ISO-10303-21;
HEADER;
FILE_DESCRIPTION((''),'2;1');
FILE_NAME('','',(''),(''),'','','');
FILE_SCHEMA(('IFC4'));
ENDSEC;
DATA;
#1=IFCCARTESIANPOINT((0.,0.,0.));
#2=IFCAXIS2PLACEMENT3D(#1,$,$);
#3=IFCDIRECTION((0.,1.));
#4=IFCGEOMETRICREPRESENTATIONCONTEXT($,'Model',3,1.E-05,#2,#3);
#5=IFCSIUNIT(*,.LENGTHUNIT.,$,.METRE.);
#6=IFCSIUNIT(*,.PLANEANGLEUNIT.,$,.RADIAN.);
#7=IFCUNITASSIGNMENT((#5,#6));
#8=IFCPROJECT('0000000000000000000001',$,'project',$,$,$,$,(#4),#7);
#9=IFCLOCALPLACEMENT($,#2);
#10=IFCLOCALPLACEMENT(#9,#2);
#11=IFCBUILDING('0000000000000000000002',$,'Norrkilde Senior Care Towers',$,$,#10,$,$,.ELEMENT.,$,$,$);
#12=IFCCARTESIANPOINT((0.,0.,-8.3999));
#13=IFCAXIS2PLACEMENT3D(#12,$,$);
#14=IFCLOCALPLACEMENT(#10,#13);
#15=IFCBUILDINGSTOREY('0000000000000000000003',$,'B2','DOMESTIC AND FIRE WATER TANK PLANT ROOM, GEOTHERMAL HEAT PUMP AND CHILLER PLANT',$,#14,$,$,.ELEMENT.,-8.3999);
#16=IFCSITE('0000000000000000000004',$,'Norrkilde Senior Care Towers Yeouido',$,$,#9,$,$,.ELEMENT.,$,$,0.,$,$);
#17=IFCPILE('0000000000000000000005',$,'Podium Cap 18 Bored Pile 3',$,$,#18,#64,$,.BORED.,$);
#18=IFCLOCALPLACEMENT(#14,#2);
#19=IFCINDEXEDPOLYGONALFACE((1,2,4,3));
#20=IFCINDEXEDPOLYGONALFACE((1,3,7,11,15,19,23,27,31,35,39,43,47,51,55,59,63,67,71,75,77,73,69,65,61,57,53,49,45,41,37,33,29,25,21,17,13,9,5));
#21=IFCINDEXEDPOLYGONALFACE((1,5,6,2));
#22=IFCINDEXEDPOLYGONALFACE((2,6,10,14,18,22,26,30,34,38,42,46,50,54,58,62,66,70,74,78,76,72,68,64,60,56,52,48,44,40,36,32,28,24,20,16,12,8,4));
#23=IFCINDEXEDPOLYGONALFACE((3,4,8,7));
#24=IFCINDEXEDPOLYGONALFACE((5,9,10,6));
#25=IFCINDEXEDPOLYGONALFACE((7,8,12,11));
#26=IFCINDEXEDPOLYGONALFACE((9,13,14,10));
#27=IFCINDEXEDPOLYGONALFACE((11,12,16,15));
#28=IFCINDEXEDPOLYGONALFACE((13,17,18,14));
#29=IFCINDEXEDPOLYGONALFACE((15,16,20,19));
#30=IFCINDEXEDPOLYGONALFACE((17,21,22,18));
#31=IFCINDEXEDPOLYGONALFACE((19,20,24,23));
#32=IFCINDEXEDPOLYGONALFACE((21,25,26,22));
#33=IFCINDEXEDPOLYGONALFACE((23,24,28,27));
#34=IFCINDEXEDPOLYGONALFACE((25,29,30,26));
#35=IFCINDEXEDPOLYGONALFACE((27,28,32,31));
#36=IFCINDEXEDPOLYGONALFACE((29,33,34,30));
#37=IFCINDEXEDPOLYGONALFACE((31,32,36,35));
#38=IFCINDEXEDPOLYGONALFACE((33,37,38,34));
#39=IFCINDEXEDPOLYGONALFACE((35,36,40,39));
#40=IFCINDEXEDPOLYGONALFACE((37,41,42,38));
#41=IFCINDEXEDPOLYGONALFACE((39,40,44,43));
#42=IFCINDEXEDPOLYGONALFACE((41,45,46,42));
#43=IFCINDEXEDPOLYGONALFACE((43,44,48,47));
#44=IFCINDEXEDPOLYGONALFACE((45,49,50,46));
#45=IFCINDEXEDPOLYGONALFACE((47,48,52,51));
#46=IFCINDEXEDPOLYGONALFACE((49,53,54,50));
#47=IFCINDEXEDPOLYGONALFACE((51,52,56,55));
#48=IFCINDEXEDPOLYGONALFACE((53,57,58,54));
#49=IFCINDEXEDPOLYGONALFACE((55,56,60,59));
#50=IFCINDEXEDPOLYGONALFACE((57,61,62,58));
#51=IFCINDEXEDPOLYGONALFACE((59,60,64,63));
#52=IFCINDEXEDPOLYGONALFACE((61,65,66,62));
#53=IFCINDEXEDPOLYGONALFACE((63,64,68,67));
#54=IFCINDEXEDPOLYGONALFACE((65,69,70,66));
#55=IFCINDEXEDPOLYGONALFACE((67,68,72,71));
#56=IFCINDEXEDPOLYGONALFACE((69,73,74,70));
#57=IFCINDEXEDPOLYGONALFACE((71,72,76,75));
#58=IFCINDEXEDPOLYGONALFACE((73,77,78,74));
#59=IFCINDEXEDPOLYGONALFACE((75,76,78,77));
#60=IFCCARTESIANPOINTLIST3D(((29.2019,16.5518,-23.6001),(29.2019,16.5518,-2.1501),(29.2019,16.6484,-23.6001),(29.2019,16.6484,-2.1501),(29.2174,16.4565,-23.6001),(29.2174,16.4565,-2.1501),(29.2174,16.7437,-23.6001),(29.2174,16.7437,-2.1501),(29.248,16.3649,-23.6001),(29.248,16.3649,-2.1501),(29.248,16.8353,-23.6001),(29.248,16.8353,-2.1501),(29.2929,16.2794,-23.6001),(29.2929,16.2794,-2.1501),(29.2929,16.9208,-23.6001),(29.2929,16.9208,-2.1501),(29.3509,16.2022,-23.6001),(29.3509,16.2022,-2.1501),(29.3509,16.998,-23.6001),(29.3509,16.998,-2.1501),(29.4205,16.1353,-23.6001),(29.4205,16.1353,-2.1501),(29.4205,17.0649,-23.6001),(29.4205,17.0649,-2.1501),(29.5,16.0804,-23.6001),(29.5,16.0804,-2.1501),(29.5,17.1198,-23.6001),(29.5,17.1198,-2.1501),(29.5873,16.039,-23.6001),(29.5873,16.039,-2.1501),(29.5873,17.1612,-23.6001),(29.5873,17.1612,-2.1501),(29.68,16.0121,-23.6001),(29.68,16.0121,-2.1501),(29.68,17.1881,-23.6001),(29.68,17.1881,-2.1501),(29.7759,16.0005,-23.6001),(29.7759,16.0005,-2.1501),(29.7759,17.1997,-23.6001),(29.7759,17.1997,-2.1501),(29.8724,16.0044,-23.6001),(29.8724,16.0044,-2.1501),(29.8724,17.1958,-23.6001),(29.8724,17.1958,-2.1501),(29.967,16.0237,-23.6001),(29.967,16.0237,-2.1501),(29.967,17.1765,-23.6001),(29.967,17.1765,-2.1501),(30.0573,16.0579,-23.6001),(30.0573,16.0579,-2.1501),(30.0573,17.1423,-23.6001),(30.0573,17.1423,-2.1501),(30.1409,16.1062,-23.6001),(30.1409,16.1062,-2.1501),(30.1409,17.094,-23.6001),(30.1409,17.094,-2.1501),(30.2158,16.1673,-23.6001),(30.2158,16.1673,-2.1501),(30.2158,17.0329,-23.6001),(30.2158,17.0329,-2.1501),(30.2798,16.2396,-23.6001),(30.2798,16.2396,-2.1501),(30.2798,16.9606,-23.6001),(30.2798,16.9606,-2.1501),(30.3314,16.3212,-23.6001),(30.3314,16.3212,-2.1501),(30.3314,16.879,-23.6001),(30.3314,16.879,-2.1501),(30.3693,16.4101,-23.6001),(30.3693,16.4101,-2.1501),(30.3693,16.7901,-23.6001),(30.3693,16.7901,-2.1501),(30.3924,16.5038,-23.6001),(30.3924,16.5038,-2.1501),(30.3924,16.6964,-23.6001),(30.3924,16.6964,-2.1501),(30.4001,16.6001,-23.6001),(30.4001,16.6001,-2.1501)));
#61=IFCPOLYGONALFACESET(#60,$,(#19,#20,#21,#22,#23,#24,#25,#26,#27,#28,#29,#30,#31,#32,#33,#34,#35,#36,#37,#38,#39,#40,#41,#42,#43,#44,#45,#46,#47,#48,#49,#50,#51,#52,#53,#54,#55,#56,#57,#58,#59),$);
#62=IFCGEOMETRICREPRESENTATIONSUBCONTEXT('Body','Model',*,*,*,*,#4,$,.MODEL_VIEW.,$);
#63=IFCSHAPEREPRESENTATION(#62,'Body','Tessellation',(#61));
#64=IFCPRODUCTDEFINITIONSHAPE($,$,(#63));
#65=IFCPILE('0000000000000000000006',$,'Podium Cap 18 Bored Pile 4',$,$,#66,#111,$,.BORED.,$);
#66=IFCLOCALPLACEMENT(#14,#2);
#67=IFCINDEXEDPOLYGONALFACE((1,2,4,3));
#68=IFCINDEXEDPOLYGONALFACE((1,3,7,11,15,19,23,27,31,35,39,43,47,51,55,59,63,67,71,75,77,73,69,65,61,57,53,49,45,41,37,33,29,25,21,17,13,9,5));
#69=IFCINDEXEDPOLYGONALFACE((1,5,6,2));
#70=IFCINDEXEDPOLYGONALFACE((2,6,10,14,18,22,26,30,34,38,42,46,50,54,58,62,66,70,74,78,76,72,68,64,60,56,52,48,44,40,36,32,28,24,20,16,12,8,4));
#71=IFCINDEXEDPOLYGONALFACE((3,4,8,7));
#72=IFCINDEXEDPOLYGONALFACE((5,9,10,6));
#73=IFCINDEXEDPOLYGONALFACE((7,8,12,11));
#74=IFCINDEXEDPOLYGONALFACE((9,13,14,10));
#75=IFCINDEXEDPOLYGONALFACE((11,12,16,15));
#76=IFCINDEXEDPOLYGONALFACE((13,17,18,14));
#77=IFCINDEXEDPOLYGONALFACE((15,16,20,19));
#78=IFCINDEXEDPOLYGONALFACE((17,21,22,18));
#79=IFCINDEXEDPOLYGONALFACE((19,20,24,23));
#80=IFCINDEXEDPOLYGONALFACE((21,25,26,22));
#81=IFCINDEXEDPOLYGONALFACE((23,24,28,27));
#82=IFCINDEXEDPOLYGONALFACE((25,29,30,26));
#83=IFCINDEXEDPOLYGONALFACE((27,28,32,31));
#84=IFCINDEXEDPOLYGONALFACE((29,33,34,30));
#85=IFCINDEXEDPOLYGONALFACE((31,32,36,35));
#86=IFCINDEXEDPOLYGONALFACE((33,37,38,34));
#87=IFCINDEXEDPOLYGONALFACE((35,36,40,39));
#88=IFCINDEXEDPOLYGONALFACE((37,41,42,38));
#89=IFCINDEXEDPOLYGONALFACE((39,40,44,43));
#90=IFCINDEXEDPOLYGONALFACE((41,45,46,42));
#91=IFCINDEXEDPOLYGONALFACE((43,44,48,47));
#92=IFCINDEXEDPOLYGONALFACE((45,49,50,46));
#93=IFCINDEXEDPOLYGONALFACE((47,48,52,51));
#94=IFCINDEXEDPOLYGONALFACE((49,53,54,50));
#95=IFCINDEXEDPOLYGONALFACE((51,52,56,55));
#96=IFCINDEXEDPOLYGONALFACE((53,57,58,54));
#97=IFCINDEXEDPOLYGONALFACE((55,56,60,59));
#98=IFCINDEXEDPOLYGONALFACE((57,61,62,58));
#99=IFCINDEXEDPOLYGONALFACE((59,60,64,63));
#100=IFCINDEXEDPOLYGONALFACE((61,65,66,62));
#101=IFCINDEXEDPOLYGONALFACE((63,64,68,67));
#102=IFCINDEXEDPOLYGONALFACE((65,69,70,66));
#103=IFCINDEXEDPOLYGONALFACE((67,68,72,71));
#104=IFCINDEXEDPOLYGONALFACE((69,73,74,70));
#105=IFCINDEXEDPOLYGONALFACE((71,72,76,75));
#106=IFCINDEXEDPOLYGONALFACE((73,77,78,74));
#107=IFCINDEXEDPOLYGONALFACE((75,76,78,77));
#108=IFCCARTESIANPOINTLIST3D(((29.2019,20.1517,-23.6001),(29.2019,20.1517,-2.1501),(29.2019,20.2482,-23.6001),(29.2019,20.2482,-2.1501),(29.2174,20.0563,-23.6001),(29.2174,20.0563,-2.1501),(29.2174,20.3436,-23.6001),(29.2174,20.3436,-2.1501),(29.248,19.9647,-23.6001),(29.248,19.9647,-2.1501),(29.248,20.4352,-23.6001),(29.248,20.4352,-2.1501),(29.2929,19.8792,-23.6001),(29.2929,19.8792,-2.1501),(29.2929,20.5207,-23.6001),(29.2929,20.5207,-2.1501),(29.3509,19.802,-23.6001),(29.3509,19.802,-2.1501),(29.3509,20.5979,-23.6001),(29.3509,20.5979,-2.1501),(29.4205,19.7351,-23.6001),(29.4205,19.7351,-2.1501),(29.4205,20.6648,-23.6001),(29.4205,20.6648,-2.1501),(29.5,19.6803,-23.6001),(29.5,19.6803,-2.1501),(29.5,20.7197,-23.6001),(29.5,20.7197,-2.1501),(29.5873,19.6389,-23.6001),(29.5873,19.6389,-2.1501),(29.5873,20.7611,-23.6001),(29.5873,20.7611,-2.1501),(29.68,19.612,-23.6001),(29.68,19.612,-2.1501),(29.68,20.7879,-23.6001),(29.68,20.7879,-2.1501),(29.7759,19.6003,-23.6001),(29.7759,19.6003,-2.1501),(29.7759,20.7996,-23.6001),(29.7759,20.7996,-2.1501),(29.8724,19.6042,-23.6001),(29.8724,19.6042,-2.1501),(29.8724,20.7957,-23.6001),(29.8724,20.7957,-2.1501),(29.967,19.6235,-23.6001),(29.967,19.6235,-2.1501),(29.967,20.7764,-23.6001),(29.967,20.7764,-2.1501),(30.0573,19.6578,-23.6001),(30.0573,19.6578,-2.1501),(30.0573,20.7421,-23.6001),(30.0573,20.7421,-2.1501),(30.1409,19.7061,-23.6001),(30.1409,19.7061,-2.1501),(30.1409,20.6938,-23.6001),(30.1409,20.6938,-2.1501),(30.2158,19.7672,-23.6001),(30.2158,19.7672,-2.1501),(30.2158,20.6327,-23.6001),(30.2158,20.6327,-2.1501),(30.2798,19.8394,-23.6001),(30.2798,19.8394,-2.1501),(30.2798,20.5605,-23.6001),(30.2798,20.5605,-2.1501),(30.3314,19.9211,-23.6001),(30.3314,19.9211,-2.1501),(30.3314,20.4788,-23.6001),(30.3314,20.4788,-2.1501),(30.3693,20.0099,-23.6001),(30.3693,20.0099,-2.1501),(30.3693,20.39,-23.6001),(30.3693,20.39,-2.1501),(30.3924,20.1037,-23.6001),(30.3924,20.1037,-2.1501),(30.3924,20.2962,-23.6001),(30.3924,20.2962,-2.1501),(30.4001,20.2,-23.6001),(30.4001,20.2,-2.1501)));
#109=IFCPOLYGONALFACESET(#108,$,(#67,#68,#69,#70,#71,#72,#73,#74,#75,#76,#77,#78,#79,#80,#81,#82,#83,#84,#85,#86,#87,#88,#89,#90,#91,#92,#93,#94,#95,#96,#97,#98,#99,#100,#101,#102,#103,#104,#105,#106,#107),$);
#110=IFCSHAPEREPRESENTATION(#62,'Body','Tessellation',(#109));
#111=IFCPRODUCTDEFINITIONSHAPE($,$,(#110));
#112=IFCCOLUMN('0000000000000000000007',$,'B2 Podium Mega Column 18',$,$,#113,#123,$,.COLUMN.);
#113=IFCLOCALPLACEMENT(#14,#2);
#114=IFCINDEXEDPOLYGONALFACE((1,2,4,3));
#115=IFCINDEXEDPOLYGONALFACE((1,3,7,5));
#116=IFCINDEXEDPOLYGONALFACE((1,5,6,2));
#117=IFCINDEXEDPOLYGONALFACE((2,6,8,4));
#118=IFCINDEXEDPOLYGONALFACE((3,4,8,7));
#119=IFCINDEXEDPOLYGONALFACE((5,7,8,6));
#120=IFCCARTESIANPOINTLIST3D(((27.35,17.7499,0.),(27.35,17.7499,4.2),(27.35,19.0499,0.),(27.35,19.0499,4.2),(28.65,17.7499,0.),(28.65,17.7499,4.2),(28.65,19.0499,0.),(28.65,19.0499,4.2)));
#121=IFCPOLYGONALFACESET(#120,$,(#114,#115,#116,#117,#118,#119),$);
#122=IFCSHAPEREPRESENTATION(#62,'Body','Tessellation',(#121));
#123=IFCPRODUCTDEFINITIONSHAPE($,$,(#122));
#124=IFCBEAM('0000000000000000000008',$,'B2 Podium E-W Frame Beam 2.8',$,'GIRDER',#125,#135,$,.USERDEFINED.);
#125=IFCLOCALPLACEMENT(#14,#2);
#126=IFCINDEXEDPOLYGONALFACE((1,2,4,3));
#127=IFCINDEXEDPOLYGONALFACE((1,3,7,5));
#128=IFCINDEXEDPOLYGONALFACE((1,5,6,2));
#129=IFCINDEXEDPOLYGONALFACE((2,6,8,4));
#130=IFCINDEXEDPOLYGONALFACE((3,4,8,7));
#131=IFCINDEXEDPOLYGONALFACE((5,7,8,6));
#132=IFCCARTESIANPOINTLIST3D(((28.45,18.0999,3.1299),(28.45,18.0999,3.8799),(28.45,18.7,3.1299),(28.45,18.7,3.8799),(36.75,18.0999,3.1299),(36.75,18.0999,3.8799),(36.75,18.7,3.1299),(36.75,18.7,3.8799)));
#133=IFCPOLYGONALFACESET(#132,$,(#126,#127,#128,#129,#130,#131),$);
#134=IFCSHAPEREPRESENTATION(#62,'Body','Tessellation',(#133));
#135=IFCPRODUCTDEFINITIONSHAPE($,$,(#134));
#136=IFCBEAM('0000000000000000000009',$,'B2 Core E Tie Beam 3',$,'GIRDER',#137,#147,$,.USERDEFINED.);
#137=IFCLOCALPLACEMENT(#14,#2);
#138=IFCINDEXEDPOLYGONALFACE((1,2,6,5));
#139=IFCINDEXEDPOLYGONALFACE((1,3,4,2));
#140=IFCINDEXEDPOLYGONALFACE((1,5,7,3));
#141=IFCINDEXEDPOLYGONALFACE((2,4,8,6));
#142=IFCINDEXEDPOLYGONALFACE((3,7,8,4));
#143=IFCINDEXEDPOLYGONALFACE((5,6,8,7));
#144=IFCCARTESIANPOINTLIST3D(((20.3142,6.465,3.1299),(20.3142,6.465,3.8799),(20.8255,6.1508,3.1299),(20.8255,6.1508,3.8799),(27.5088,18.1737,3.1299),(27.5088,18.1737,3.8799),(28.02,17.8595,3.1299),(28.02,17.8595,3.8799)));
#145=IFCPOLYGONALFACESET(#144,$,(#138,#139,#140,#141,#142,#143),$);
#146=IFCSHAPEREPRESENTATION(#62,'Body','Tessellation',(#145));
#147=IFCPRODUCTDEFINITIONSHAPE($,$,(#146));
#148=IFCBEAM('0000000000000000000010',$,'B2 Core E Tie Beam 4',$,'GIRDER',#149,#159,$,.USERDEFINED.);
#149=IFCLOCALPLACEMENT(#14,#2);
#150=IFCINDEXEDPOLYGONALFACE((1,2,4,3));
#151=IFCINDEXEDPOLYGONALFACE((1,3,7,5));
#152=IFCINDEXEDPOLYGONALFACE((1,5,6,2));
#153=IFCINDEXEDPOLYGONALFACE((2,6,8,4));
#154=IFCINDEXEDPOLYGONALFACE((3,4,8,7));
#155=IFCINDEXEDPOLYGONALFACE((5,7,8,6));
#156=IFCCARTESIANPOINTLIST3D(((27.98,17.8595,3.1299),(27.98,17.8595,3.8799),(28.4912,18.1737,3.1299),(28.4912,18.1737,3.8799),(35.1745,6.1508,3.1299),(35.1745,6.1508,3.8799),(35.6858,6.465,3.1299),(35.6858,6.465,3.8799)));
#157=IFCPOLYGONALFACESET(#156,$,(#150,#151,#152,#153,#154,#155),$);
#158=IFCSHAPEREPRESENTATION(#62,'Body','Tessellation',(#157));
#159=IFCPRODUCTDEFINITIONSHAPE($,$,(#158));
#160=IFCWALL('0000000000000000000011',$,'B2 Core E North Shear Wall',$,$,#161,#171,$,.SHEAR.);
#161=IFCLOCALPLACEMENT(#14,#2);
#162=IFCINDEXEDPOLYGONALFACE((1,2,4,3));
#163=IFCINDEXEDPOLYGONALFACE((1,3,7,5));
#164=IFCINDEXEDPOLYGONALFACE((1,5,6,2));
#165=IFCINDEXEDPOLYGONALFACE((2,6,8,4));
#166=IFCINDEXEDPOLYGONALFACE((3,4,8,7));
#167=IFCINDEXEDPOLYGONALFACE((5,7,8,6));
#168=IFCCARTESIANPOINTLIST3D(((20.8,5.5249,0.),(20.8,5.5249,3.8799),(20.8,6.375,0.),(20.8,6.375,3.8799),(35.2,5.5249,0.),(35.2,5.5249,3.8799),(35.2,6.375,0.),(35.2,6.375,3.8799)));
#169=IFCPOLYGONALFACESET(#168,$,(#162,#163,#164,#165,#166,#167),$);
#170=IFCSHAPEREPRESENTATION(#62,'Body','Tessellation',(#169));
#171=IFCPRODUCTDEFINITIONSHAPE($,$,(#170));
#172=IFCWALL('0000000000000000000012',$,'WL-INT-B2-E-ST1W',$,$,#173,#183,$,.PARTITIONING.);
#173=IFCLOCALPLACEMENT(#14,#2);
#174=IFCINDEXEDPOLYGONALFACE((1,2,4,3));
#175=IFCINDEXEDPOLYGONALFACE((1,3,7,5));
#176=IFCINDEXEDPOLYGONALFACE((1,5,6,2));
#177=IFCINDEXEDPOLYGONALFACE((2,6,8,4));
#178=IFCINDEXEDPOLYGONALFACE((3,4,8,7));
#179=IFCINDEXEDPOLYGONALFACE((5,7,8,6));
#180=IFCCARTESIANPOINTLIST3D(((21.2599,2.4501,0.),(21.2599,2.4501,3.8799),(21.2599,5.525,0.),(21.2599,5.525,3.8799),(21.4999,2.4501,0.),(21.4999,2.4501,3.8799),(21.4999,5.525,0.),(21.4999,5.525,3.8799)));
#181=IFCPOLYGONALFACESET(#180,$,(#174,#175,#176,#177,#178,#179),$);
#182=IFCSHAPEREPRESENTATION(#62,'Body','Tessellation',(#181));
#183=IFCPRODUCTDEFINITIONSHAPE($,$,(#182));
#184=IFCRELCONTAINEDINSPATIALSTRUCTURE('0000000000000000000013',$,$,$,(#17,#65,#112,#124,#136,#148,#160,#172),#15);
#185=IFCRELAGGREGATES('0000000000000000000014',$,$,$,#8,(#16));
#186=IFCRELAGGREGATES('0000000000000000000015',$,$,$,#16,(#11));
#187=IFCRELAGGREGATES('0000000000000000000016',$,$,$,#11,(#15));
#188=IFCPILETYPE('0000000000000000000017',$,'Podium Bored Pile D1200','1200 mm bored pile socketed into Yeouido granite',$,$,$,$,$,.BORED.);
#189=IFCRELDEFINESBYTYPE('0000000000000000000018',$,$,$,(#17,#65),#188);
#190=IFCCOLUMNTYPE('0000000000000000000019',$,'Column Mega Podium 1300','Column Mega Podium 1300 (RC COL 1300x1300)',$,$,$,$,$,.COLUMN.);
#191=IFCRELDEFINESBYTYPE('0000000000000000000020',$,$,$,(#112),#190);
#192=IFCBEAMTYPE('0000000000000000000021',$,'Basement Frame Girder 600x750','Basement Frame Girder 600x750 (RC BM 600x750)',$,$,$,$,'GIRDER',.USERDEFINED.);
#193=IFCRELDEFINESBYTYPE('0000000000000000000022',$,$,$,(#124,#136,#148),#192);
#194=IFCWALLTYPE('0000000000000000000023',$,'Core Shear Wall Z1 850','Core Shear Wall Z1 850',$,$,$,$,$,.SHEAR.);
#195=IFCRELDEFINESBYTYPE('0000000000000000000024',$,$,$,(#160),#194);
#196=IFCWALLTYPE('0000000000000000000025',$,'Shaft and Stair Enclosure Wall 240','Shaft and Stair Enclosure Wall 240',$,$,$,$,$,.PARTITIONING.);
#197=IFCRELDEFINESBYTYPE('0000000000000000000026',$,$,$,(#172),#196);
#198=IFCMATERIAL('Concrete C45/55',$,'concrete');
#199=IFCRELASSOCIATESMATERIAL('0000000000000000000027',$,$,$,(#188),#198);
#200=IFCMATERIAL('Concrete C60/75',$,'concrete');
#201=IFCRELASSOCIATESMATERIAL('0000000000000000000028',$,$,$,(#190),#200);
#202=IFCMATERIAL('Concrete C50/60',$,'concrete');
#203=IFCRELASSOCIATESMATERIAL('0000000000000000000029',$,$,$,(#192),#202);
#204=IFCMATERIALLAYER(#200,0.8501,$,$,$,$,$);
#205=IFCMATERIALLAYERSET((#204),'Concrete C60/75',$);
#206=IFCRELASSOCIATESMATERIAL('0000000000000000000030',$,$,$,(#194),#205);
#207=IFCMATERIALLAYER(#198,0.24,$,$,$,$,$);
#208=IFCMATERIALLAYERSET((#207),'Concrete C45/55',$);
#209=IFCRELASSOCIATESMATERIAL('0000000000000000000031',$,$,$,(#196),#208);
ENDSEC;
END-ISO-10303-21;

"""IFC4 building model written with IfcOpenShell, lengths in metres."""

from ifc_helpers import new_model, si_unit, direction, frame, frame_2d, origin, origin_2d, place, context, subcontext, project, spatial, rectangle, circle, extrude, source, transform, mapped, material, layer, layer_set, material_profile, profile_set, type_object, type_shapes, element, save


model = new_model("IFC4")

# Units and contexts
model_context = context("Model", 3, precision=1e-05, world=origin(), true_north=direction((0.0, 1.0)))
body_context = subcontext(model_context, "Body", "Model", "MODEL_VIEW")
ifc_project = project(units=[si_unit("LENGTHUNIT", "METRE"), si_unit("PLANEANGLEUNIT", "RADIAN")], contexts=[model_context])

# Site, building, storey
site_placement = place(None, origin())
site = spatial("IfcSite", under=ifc_project, at=site_placement, Name="Norrkilde Senior Care Towers Yeouido", CompositionType="ELEMENT", RefElevation=0.0)
building_placement = place(site_placement, origin())
building = spatial("IfcBuilding", under=site, at=building_placement, Name="Norrkilde Senior Care Towers", CompositionType="ELEMENT")
storey_placement = place(building_placement, frame((0.0, 0.0, -8.3999)))
storey = spatial("IfcBuildingStorey", under=building, at=storey_placement, Name="B2", Description="DOMESTIC AND FIRE WATER TANK PLANT ROOM, GEOTHERMAL HEAT PUMP AND CHILLER PLANT", CompositionType="ELEMENT", Elevation=-8.3999)

# Piles
ifc_material_1 = material(Name="Concrete C45/55", Category="concrete")
ifc_material_profile_1 = material_profile(ifc_material_1, circle(Radius=0.6001, at=origin_2d()), Name="BORED PILE 1200")
ifc_profile_set_1 = profile_set([ifc_material_profile_1], Name="Concrete C45/55")
pile_type_1 = type_object("IfcPileType", Name="Podium Bored Pile D1200", Description="1200 mm bored pile socketed into Yeouido granite", PredefinedType="BORED", material=ifc_profile_set_1)
shared_shape_1 = source(origin(), body_context, "Body", "SweptSolid", [
    extrude(circle(Radius=0.6001, at=origin_2d()), origin(), (0.0, 0.0, 1.0), 21.45),
])
type_shapes(pile_type_1, [shared_shape_1])
for number, where, z_axis, x_axis, name in (
    (1, (29.8, 16.6001, -2.1501), (0.0, 0.0, -1.0), (1.0, 0.0, 0.0), "Podium Cap 18 Bored Pile 3"),
    (2, (29.8, 20.2, -2.1501), (0.0, 0.0, -1.0), (1.0, 0.0, 0.0), "Podium Cap 18 Bored Pile 4"),
):
    element("IfcPile", number, at=place(storey_placement, frame(where, z_axis=z_axis, x_axis=x_axis)), inside=storey, type_object=pile_type_1, Name=name, PredefinedType="BORED", context=body_context, shape_type="MappedRepresentation", body=[
        mapped(shared_shape_1, transform((0.0, 0.0, 0.0), x_axis=(1.0, 0.0, 0.0), y_axis=(0.0, 1.0, 0.0), z_axis=(0.0, 0.0, 1.0), scale=1.0)),
    ])

# Column
ifc_material_2 = material(Name="Concrete C60/75", Category="concrete")
ifc_material_profile_2 = material_profile(ifc_material_2, rectangle(XDim=1.3, YDim=1.3, at=origin_2d()), Name="RC COL 1300x1300")
ifc_profile_set_2 = profile_set([ifc_material_profile_2], Name="Concrete C60/75")
column_type = type_object("IfcColumnType", Name="Column Mega Podium 1300", Description="Column Mega Podium 1300 (RC COL 1300x1300)", PredefinedType="COLUMN", material=ifc_profile_set_2)
shared_shape_2 = source(origin(), body_context, "Body", "SweptSolid", [
    extrude(rectangle(XDim=1.3, YDim=1.3, at=origin_2d()), origin(), (0.0, 0.0, 1.0), 4.2),
])
type_shapes(column_type, [shared_shape_2])
column_placement = place(storey_placement, frame((28.0, 18.3999, 0.0), z_axis=(0.0, 0.0, 1.0), x_axis=(1.0, 0.0, 0.0)))
element("IfcColumn", 3, at=column_placement, inside=storey, type_object=column_type, Name="B2 Podium Mega Column 18", PredefinedType="COLUMN", context=body_context, shape_type="MappedRepresentation", body=[
    mapped(shared_shape_2, transform((0.0, 0.0, 0.0), x_axis=(1.0, 0.0, 0.0), y_axis=(0.0, 1.0, 0.0), z_axis=(0.0, 0.0, 1.0), scale=1.0)),
])

# Beams
ifc_material_3 = material(Name="Concrete C50/60", Category="concrete")
ifc_material_profile_3 = material_profile(ifc_material_3, rectangle(XDim=0.6001, YDim=0.75, at=origin_2d()), Name="RC BM 600x750")
ifc_profile_set_3 = profile_set([ifc_material_profile_3], Name="Concrete C50/60")
beam_type = type_object("IfcBeamType", Name="Basement Frame Girder 600x750", Description="Basement Frame Girder 600x750 (RC BM 600x750)", ElementType="GIRDER", PredefinedType="USERDEFINED", material=ifc_profile_set_3)
shared_shape_3 = source(origin(), body_context, "Body", "SweptSolid", [
    extrude(rectangle(XDim=0.6001, YDim=0.75, at=origin_2d()), origin(), (0.0, 0.0, 1.0), 8.3),
])
beam_placement = place(storey_placement, frame((28.45, 18.3999, 3.5049), z_axis=(1.0, 0.0, 0.0), x_axis=(0.0, 1.0, 0.0)))
element("IfcBeam", 4, at=beam_placement, inside=storey, type_object=beam_type, Name="B2 Podium E-W Frame Beam 2.8", ObjectType="GIRDER", PredefinedType="USERDEFINED", context=body_context, shape_type="MappedRepresentation", body=[
    mapped(shared_shape_3, transform((0.0, 0.0, 0.0), x_axis=(1.0, 0.0, 0.0), y_axis=(0.0, 1.0, 0.0), z_axis=(0.0, 0.0, 1.0), scale=1.0)),
])
shared_shape_4 = source(origin(), body_context, "Body", "SweptSolid", [
    extrude(rectangle(XDim=0.6001, YDim=0.75, at=origin_2d()), origin(), (0.0, 0.0, 1.0), 13.7424),
])
type_shapes(beam_type, [shared_shape_3, shared_shape_4])
for number, where, z_axis, x_axis, name in (
    (5, (27.7644, 18.0166, 3.5049), (-0.523527, -0.852009, 0.0), (0.852009, -0.523527, 0.0), "B2 Core E Tie Beam 3"),
    (6, (28.2356, 18.0166, 3.5049), (0.523527, -0.852009, 0.0), (0.852009, 0.523527, 0.0), "B2 Core E Tie Beam 4"),
):
    element("IfcBeam", number, at=place(storey_placement, frame(where, z_axis=z_axis, x_axis=x_axis)), inside=storey, type_object=beam_type, Name=name, ObjectType="GIRDER", PredefinedType="USERDEFINED", context=body_context, shape_type="MappedRepresentation", body=[
        mapped(shared_shape_4, transform((0.0, 0.0, 0.0), x_axis=(1.0, 0.0, 0.0), y_axis=(0.0, 1.0, 0.0), z_axis=(0.0, 0.0, 1.0), scale=1.0)),
    ])

# Walls
ifc_layer_1 = layer(ifc_material_2, 0.8501)
ifc_layer_set_1 = layer_set([ifc_layer_1], Name="Concrete C60/75")
wall_type_1 = type_object("IfcWallType", Name="Core Shear Wall Z1 850", Description="Core Shear Wall Z1 850", PredefinedType="SHEAR", material=ifc_layer_set_1)
shared_shape_5 = source(origin(), body_context, "Body", "SweptSolid", [
    extrude(rectangle(XDim=14.3999, YDim=0.8501, at=frame_2d((7.2, 0.0))), origin(), (0.0, 0.0, 1.0), 3.8799),
])
type_shapes(wall_type_1, [shared_shape_5])
wall_1_placement = place(storey_placement, frame((20.8, 5.95, 0.0), z_axis=(0.0, 0.0, 1.0), x_axis=(1.0, 0.0, 0.0)))
element("IfcWall", 7, at=wall_1_placement, inside=storey, type_object=wall_type_1, Name="B2 Core E North Shear Wall", PredefinedType="SHEAR", context=body_context, shape_type="MappedRepresentation", body=[
    mapped(shared_shape_5, transform((0.0, 0.0, 0.0), x_axis=(1.0, 0.0, 0.0), y_axis=(0.0, 1.0, 0.0), z_axis=(0.0, 0.0, 1.0), scale=1.0)),
])
ifc_layer_2 = layer(ifc_material_1, 0.24)
ifc_layer_set_2 = layer_set([ifc_layer_2], Name="Concrete C45/55")
wall_type_2 = type_object("IfcWallType", Name="Shaft and Stair Enclosure Wall 240", Description="Shaft and Stair Enclosure Wall 240", PredefinedType="PARTITIONING", material=ifc_layer_set_2)
shared_shape_6 = source(origin(), body_context, "Body", "SweptSolid", [
    extrude(rectangle(XDim=3.075, YDim=0.24, at=frame_2d((1.5376, 0.0))), origin(), (0.0, 0.0, 1.0), 3.8799),
])
type_shapes(wall_type_2, [shared_shape_6])
wall_2_placement = place(storey_placement, frame((21.3799, 2.45, 0.0), z_axis=(0.0, 0.0, 1.0), x_axis=(0.0, 1.0, 0.0)))
element("IfcWall", 8, at=wall_2_placement, inside=storey, type_object=wall_type_2, Name="WL-INT-B2-E-ST1W", PredefinedType="PARTITIONING", context=body_context, shape_type="MappedRepresentation", body=[
    mapped(shared_shape_6, transform((0.0, 0.0, 0.0), x_axis=(1.0, 0.0, 0.0), y_axis=(0.0, 1.0, 0.0), z_axis=(0.0, 0.0, 1.0), scale=1.0)),
])

save(model, "model.ifc")
